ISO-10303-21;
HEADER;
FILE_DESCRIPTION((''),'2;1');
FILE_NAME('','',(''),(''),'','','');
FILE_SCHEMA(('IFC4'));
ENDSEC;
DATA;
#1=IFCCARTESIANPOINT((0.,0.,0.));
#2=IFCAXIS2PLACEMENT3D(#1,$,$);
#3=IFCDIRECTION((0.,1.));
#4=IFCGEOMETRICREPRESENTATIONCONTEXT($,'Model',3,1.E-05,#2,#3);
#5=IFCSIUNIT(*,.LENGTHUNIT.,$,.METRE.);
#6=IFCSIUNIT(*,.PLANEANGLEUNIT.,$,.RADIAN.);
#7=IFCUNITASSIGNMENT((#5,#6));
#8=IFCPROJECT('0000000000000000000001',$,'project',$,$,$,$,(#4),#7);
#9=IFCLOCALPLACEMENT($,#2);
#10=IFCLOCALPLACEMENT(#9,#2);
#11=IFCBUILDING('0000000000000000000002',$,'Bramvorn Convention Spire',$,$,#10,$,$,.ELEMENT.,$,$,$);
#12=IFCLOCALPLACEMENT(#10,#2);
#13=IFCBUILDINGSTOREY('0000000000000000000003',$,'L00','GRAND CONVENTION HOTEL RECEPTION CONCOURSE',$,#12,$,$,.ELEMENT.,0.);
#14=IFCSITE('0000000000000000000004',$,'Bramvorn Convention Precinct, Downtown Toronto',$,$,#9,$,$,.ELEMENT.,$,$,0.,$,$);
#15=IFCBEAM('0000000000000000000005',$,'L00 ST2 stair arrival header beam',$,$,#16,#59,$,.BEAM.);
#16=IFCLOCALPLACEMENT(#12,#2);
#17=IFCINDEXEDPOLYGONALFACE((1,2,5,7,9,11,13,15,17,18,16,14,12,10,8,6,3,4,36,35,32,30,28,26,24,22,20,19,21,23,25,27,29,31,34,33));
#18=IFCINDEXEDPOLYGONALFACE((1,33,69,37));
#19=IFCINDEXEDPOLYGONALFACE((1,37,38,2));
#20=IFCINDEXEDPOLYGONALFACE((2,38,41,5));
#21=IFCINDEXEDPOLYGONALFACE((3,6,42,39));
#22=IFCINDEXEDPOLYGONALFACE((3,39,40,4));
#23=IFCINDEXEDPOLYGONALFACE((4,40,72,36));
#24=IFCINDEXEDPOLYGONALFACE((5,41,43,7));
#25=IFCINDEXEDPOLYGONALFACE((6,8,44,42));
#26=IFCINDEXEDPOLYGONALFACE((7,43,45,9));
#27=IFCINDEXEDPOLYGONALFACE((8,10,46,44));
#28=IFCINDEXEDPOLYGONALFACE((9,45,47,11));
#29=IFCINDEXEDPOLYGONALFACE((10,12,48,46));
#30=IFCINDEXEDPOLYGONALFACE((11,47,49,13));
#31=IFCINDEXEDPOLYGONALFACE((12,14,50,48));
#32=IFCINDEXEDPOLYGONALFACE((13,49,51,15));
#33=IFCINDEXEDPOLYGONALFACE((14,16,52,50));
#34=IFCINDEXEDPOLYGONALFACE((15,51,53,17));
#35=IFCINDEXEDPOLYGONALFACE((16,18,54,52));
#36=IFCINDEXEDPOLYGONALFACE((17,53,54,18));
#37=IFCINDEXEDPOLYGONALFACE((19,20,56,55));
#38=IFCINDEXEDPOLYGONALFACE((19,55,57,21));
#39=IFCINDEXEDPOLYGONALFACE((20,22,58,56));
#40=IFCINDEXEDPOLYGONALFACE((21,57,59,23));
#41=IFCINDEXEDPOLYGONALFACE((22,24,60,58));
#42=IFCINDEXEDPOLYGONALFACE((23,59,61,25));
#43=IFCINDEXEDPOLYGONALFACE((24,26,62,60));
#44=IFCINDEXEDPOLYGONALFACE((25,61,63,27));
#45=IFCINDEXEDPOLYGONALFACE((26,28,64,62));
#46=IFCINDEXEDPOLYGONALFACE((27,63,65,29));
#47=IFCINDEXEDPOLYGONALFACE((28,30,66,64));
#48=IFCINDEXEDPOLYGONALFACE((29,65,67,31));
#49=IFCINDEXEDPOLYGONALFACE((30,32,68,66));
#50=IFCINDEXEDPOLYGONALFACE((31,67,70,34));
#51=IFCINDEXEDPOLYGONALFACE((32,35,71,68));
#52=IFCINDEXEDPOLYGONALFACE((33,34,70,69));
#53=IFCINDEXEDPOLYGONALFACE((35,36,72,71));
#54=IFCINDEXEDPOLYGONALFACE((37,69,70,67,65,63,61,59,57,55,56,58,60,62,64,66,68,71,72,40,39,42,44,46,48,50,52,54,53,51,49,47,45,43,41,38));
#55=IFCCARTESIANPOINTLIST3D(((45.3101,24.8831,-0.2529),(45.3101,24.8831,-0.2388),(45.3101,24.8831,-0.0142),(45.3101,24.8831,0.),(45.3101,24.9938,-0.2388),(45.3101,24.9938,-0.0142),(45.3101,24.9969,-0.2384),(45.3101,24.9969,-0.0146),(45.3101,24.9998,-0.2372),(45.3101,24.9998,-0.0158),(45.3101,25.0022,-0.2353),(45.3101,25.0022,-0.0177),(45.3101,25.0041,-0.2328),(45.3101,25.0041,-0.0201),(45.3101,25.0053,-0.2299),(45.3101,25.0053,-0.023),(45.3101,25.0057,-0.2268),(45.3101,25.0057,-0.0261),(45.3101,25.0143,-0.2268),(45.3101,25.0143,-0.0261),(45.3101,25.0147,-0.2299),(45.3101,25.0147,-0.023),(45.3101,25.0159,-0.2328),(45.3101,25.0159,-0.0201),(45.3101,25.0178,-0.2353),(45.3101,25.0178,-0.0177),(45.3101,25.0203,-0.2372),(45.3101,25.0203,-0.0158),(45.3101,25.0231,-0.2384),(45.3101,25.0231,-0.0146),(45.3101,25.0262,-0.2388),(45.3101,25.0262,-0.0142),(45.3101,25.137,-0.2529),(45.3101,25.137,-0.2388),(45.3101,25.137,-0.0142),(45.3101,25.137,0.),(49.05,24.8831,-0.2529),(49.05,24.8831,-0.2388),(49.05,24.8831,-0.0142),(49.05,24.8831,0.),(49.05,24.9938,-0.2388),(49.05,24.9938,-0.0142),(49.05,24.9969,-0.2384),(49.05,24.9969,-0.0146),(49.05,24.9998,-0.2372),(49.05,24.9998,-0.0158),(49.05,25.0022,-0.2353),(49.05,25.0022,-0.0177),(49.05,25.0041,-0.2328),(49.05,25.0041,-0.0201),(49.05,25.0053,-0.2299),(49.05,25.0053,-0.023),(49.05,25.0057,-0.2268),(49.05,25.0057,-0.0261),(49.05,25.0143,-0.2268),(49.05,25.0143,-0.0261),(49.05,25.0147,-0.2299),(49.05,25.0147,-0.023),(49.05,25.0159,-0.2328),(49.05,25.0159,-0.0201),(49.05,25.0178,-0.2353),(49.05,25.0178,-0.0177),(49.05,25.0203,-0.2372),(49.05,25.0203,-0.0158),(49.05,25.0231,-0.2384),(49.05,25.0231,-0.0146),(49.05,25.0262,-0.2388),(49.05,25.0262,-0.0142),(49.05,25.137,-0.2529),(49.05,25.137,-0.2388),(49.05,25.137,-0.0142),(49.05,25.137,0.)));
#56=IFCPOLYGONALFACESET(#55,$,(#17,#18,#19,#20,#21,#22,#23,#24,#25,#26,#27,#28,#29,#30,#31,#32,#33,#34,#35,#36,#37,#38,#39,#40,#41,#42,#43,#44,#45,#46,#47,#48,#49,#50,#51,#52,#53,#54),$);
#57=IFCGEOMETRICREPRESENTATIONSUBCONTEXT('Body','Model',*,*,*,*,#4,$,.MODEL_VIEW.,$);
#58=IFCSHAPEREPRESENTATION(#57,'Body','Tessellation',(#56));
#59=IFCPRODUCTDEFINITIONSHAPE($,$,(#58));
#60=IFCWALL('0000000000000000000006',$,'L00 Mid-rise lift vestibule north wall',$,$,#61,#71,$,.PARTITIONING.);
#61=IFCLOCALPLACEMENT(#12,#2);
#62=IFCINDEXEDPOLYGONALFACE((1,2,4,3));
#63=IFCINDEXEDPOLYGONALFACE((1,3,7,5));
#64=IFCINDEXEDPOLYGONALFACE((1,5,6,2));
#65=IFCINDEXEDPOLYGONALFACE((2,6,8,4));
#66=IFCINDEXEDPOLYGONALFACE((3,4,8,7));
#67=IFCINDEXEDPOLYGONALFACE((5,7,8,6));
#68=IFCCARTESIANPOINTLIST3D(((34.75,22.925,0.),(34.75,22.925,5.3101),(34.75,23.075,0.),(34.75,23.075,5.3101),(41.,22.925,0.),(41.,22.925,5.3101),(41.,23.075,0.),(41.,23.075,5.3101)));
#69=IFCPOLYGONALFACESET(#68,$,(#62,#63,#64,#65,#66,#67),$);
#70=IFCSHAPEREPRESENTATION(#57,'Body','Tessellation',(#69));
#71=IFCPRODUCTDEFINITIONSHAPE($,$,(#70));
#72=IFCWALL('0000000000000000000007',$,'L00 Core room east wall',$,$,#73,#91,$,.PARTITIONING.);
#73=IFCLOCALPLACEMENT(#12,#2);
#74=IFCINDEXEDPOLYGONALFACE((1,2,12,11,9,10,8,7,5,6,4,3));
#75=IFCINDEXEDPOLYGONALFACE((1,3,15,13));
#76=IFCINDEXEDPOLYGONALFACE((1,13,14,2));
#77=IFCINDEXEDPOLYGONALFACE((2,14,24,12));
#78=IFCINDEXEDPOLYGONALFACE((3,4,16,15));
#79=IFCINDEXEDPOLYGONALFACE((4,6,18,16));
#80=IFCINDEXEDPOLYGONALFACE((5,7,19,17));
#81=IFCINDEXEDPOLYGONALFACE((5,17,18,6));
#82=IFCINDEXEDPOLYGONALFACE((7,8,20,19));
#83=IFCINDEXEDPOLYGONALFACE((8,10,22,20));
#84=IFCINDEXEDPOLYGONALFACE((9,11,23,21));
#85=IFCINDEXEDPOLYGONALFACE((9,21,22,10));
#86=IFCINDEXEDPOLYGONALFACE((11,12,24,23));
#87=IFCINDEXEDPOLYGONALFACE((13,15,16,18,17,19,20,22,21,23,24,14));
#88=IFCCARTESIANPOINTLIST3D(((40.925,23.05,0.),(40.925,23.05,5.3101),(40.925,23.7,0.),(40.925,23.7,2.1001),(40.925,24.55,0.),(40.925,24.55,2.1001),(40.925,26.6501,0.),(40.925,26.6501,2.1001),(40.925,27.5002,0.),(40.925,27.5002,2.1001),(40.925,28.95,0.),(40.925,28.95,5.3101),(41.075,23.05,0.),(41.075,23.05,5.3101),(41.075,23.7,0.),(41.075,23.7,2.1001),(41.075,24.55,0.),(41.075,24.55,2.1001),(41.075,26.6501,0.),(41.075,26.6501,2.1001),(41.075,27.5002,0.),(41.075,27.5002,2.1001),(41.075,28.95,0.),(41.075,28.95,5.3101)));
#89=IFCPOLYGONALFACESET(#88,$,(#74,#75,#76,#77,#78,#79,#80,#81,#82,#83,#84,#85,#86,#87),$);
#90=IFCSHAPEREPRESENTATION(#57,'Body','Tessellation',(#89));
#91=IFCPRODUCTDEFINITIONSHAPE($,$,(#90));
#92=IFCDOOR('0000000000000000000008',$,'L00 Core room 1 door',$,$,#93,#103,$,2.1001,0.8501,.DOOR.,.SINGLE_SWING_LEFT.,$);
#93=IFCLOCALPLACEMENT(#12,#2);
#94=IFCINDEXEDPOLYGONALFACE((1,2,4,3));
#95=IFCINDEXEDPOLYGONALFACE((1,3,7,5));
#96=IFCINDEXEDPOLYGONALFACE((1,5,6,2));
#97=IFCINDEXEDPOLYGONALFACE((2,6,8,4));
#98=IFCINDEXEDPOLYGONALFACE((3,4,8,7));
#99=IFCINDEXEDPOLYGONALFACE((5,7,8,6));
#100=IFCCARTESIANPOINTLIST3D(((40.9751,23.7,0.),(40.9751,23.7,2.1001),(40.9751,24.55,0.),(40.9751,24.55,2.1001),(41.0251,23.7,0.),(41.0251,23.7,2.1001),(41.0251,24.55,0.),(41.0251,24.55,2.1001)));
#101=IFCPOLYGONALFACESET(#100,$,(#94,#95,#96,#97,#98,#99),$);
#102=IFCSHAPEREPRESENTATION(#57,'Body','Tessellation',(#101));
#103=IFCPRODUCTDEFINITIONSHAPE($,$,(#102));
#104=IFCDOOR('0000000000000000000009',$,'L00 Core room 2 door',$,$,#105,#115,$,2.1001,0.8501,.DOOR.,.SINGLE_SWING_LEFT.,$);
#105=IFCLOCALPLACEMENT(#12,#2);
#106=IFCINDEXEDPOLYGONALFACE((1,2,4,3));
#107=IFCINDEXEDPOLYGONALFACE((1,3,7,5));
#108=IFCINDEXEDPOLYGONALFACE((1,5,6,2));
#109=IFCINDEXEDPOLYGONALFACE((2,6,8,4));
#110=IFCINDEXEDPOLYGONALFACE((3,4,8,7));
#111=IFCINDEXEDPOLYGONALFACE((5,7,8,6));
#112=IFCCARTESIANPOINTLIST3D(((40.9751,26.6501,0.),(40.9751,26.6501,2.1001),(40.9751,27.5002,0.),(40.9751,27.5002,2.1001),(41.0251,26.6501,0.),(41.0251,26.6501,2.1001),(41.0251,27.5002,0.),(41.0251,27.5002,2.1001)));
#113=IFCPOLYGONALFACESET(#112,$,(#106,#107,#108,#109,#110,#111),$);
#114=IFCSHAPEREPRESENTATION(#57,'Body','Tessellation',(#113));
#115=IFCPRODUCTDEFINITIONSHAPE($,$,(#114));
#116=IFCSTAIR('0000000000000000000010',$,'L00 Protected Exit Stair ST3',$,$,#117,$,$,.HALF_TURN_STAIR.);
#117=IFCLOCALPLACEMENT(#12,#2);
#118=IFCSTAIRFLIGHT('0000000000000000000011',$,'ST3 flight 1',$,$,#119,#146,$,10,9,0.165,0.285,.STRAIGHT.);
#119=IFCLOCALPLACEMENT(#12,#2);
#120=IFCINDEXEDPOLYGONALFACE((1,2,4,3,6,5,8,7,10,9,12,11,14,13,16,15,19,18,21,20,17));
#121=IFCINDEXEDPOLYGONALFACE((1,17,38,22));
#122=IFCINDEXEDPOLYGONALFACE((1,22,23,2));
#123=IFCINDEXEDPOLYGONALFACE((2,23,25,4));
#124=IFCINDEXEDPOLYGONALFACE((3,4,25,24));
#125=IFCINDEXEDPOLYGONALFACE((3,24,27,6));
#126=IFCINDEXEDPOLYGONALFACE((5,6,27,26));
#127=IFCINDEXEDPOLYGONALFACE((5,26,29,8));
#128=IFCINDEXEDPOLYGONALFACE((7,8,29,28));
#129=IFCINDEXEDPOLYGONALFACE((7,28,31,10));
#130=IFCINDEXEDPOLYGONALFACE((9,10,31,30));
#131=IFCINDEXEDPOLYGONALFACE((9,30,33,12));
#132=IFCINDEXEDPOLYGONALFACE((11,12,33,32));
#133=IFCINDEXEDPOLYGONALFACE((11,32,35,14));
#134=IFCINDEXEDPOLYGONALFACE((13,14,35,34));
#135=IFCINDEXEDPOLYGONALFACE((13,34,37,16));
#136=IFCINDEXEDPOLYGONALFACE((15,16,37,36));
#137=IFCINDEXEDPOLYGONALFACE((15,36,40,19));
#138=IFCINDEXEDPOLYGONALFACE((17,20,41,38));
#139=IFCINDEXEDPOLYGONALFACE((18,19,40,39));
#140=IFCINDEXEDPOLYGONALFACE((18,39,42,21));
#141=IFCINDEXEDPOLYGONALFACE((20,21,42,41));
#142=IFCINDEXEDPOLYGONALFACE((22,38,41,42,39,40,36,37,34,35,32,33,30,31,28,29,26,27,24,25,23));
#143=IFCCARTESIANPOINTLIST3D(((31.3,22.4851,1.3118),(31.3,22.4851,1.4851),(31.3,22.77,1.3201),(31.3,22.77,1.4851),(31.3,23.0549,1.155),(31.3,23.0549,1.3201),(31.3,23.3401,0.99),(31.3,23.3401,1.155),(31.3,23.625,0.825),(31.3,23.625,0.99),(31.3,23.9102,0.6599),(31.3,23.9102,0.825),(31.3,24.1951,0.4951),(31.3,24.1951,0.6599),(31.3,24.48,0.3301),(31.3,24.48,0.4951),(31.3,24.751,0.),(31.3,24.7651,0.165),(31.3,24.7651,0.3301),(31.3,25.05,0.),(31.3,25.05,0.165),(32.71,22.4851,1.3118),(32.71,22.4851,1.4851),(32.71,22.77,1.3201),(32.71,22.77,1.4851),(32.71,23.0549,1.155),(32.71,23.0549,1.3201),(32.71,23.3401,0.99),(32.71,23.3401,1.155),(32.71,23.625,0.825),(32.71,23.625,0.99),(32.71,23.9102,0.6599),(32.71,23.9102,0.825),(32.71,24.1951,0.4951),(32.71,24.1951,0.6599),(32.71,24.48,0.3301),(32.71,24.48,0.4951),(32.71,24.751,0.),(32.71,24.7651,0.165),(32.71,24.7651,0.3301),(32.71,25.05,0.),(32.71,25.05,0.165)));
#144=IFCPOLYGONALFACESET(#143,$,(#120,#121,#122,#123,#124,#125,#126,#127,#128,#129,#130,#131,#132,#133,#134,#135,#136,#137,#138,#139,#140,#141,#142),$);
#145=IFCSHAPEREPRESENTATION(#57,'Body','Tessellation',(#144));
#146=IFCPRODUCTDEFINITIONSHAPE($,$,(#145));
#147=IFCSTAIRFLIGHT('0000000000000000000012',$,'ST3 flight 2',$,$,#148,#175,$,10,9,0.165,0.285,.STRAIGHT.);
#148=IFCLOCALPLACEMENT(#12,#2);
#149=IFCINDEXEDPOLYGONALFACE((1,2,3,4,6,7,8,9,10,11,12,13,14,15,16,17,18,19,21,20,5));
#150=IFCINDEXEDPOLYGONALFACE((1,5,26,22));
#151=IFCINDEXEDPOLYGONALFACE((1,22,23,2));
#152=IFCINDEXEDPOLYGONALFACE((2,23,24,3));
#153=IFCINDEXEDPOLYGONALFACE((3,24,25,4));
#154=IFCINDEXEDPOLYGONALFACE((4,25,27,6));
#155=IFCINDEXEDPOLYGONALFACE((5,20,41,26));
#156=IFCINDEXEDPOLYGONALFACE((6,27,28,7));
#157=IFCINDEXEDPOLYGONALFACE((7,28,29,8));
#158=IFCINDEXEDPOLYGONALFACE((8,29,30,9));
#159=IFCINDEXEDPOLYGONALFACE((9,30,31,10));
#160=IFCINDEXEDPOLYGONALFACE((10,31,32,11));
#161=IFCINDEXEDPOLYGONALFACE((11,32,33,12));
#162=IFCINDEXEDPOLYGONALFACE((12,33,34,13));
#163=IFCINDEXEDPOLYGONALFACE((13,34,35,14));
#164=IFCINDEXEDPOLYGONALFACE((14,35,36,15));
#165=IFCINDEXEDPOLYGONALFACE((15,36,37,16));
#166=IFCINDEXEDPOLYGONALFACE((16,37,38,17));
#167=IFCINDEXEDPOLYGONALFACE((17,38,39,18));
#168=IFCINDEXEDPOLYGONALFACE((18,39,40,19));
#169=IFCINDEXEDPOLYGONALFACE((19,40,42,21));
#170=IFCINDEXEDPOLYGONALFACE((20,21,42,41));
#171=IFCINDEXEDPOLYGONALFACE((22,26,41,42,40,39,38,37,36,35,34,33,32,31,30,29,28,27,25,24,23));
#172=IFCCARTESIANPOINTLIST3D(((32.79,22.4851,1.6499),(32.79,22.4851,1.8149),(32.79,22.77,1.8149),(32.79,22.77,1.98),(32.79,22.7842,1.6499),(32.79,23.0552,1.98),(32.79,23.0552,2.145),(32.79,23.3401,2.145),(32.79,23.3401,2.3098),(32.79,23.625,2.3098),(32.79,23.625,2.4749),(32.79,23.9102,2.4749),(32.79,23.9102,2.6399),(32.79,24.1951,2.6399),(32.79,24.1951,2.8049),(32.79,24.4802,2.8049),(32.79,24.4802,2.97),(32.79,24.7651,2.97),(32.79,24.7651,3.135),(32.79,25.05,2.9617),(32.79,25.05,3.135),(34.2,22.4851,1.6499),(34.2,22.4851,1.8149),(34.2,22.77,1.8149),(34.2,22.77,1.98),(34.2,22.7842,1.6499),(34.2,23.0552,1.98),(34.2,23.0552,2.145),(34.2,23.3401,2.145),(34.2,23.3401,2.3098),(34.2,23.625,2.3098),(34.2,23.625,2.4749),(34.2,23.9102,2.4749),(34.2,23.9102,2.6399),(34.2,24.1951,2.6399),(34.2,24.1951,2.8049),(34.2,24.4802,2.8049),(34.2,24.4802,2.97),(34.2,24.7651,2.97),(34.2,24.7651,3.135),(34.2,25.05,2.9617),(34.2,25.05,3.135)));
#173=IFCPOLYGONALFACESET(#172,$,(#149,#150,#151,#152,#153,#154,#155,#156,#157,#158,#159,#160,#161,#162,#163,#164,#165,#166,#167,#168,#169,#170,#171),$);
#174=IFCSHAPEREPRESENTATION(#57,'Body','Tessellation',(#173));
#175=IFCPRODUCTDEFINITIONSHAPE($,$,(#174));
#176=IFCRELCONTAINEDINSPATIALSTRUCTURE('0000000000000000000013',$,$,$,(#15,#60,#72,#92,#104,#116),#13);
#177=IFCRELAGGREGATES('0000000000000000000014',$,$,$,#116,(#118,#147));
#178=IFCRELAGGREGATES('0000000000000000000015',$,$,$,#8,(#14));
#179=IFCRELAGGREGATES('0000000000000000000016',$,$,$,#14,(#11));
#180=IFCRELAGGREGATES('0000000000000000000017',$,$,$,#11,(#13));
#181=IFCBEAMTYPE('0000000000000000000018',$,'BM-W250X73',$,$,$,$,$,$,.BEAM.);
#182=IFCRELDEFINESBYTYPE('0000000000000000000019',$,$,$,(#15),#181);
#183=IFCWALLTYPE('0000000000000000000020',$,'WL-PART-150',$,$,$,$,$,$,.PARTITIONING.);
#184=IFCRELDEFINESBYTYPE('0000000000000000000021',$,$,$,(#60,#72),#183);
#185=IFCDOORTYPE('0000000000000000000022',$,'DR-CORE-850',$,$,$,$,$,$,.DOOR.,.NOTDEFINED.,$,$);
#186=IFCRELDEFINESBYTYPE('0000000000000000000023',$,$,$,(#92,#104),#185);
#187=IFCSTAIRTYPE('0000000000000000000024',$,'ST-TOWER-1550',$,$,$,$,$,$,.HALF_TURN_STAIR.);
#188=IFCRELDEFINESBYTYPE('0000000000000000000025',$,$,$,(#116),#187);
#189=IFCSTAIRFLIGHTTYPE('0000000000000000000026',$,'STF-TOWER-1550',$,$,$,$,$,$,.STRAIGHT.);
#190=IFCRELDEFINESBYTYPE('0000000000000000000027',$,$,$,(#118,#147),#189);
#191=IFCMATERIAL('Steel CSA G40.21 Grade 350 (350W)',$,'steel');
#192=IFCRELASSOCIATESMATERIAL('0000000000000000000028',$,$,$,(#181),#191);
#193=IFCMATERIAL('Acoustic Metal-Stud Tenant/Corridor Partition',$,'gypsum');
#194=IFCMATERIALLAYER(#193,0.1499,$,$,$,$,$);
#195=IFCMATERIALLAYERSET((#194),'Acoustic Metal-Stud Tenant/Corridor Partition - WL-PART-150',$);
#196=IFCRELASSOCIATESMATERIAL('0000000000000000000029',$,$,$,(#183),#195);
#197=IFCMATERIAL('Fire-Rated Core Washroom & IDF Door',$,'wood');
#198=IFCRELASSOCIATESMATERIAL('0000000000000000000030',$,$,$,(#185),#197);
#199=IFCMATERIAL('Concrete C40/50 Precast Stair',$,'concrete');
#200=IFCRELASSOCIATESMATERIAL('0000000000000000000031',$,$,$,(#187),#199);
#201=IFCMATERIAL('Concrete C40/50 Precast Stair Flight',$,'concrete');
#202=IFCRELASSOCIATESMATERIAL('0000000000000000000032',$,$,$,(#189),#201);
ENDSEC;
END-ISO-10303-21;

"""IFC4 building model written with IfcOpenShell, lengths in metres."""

from ifc_helpers import new_model, si_unit, direction, frame, frame_2d, origin, origin_2d, place, context, subcontext, project, spatial, polyline, rectangle, i_section, outline, extrude, material, layer, layer_set, material_profile, profile_set, type_object, element, fill, aggregate, save


model = new_model("IFC4")

# Units and contexts
model_context = context("Model", 3, precision=1e-05, world=origin(), true_north=direction((0.0, 1.0)))
body_context = subcontext(model_context, "Body", "Model", "MODEL_VIEW")
ifc_project = project(units=[si_unit("LENGTHUNIT", "METRE"), si_unit("PLANEANGLEUNIT", "RADIAN")], contexts=[model_context])

# Site, building, storey
site_placement = place(None, origin())
site = spatial("IfcSite", under=ifc_project, at=site_placement, Name="Bramvorn Convention Precinct, Downtown Toronto", CompositionType="ELEMENT", RefElevation=0.0)
building_placement = place(site_placement, origin())
building = spatial("IfcBuilding", under=site, at=building_placement, Name="Bramvorn Convention Spire", CompositionType="ELEMENT")
storey_placement = place(building_placement, origin())
storey = spatial("IfcBuildingStorey", under=building, at=storey_placement, Name="L00", Description="GRAND CONVENTION HOTEL RECEPTION CONCOURSE", CompositionType="ELEMENT", Elevation=0.0)

# Beam
ifc_material_1 = material(Name="Steel CSA G40.21 Grade 350 (350W)", Category="steel")
ifc_material_profile = material_profile(ifc_material_1, i_section(OverallWidth=0.2539, OverallDepth=0.2529, WebThickness=0.0085, FlangeThickness=0.0142, FilletRadius=0.012, at=origin_2d()))
ifc_profile_set = profile_set([ifc_material_profile], Name="Steel CSA G40.21 Grade 350 (350W) - W250X73")
beam_type = type_object("IfcBeamType", Name="BM-W250X73", PredefinedType="BEAM", material=ifc_profile_set)
beam_placement = place(storey_placement, frame((45.3101, 25.01, -0.1265), z_axis=(1.0, 0.0, 0.0), x_axis=(0.0, 1.0, 0.0)))
element("IfcBeam", 1, at=beam_placement, inside=storey, type_object=beam_type, Name="L00 ST2 stair arrival header beam", PredefinedType="BEAM", context=body_context, shape_type="SweptSolid", body=[
    extrude(i_section(OverallWidth=0.2539, OverallDepth=0.2529, WebThickness=0.0085, FlangeThickness=0.0142, FilletRadius=0.012, at=origin_2d()), origin(), (0.0, 0.0, 1.0), 3.74),
])

# Wall
ifc_material_2 = material(Name="Acoustic Metal-Stud Tenant/Corridor Partition", Category="gypsum")
ifc_layer = layer(ifc_material_2, 0.1499)
ifc_layer_set = layer_set([ifc_layer], Name="Acoustic Metal-Stud Tenant/Corridor Partition - WL-PART-150")
wall_type = type_object("IfcWallType", Name="WL-PART-150", PredefinedType="PARTITIONING", material=ifc_layer_set)
wall_1_placement = place(storey_placement, frame((34.75, 23.0, 0.0), z_axis=(0.0, 0.0, 1.0), x_axis=(1.0, 0.0, 0.0)))
element("IfcWall", 2, at=wall_1_placement, inside=storey, type_object=wall_type, Name="L00 Mid-rise lift vestibule north wall", PredefinedType="PARTITIONING", context=body_context, shape_type="SweptSolid", body=[
    extrude(rectangle(XDim=6.25, YDim=0.1499, at=frame_2d((3.125, 0.0))), origin(), (0.0, 0.0, 1.0), 5.3101),
])

# Wall, openings, doors
wall_2_placement = place(storey_placement, frame((41.0, 23.05, 0.0), z_axis=(0.0, 0.0, 1.0), x_axis=(0.0, 1.0, 0.0)))
wall_2 = element("IfcWall", 3, at=wall_2_placement, inside=storey, type_object=wall_type, Name="L00 Core room east wall", PredefinedType="PARTITIONING", context=body_context, shape_type="SweptSolid", body=[
    extrude(rectangle(XDim=5.8999, YDim=0.1499, at=frame_2d((2.95, 0.0))), origin(), (0.0, 0.0, 1.0), 5.3101),
])
opening_1_placement = place(wall_2_placement, frame((0.6499, 0.0, 0.0)))
opening_1 = element("IfcOpeningElement", 4, at=opening_1_placement, cuts=wall_2, PredefinedType="OPENING", context=body_context, shape_type="SweptSolid", body=[
    extrude(rectangle(XDim=0.8501, YDim=2.1001, at=frame_2d((0.425, 1.05))), frame((0.0, 0.085, 0.0), z_axis=(0.0, -1.0, 0.0), x_axis=(1.0, 0.0, 0.0)), (0.0, 0.0, 1.0), 0.1699),
])
opening_2_placement = place(wall_2_placement, frame((3.6001, 0.0, 0.0)))
opening_2 = element("IfcOpeningElement", 5, at=opening_2_placement, cuts=wall_2, PredefinedType="OPENING", context=body_context, shape_type="SweptSolid", body=[
    extrude(rectangle(XDim=0.8501, YDim=2.1001, at=frame_2d((0.425, 1.05))), frame((0.0, 0.085, 0.0), z_axis=(0.0, -1.0, 0.0), x_axis=(1.0, 0.0, 0.0)), (0.0, 0.0, 1.0), 0.1699),
])
ifc_material_3 = material(Name="Fire-Rated Core Washroom & IDF Door", Category="wood")
door_type = type_object("IfcDoorType", Name="DR-CORE-850", OperationType="NOTDEFINED", PredefinedType="DOOR", material=ifc_material_3)
door_1_placement = place(opening_1_placement, origin())
door_1 = element("IfcDoor", 6, at=door_1_placement, inside=storey, type_object=door_type, Name="L00 Core room 1 door", OperationType="SINGLE_SWING_LEFT", OverallHeight=2.1001, OverallWidth=0.8501, PredefinedType="DOOR", context=body_context, shape_type="SweptSolid", body=[
    extrude(rectangle(XDim=0.8501, YDim=2.1001, at=frame_2d((0.425, 1.05))), frame((0.0, 0.0249, 0.0), z_axis=(0.0, -1.0, 0.0), x_axis=(1.0, 0.0, 0.0)), (0.0, 0.0, 1.0), 0.05),
])
fill(opening_1, door_1)
door_2_placement = place(opening_2_placement, origin())
door_2 = element("IfcDoor", 7, at=door_2_placement, inside=storey, type_object=door_type, Name="L00 Core room 2 door", OperationType="SINGLE_SWING_LEFT", OverallHeight=2.1001, OverallWidth=0.8501, PredefinedType="DOOR", context=body_context, shape_type="SweptSolid", body=[
    extrude(rectangle(XDim=0.8501, YDim=2.1001, at=frame_2d((0.425, 1.05))), frame((0.0, 0.0249, 0.0), z_axis=(0.0, -1.0, 0.0), x_axis=(1.0, 0.0, 0.0)), (0.0, 0.0, 1.0), 0.05),
])
fill(opening_2, door_2)

# Stair, stair flights
ifc_material_4 = material(Name="Concrete C40/50 Precast Stair", Category="concrete")
stair_type = type_object("IfcStairType", Name="ST-TOWER-1550", PredefinedType="HALF_TURN_STAIR", material=ifc_material_4)
stair_placement = place(storey_placement, origin())
stair = element("IfcStair", 8, at=stair_placement, inside=storey, type_object=stair_type, Name="L00 Protected Exit Stair ST3", PredefinedType="HALF_TURN_STAIR")
ifc_material_5 = material(Name="Concrete C40/50 Precast Stair Flight", Category="concrete")
stair_flight_type = type_object("IfcStairFlightType", Name="STF-TOWER-1550", PredefinedType="STRAIGHT", material=ifc_material_5)
stair_flight_1_placement = place(storey_placement, frame((32.0049, 25.05, 0.0), z_axis=(0.0, 0.0, 1.0), x_axis=(0.0, -1.0, 0.0)))
stair_flight_1 = element("IfcStairFlight", 9, at=stair_flight_1_placement, type_object=stair_flight_type, Name="ST3 flight 1", NumberOfRisers=10, NumberOfTreads=9, PredefinedType="STRAIGHT", RiserHeight=0.165, TreadLength=0.285, context=body_context, shape_type="SweptSolid", body=[
    extrude(outline(polyline([(0.0, 0.0), (0.0, 0.165), (0.2849, 0.165), (0.2849, 0.3301), (0.5701, 0.3301), (0.5701, 0.4951), (0.855, 0.4951), (0.855, 0.6599), (1.1399, 0.6599), (1.1399, 0.825), (1.425, 0.825), (1.425, 0.99), (1.71, 0.99), (1.71, 1.155), (1.9951, 1.155), (1.9951, 1.3201), (2.28, 1.3201), (2.28, 1.4851), (2.5649, 1.4851), (2.5649, 1.6499), (2.5649, 1.3118), (0.2991, 0.0), (0.0, 0.0)])), frame((0.0, 0.7051, 0.0), z_axis=(0.0, -1.0, 0.0), x_axis=(1.0, 0.0, 0.0)), (0.0, 0.0, 1.0), 1.4099),
])
stair_flight_2_placement = place(storey_placement, frame((33.4951, 22.4851, 1.6499), z_axis=(0.0, 0.0, 1.0), x_axis=(0.0, 1.0, 0.0)))
stair_flight_2 = element("IfcStairFlight", 10, at=stair_flight_2_placement, type_object=stair_flight_type, Name="ST3 flight 2", NumberOfRisers=10, NumberOfTreads=9, PredefinedType="STRAIGHT", RiserHeight=0.165, TreadLength=0.285, context=body_context, shape_type="SweptSolid", body=[
    extrude(outline(polyline([(0.0, 0.0), (0.0, 0.165), (0.2849, 0.165), (0.2849, 0.3301), (0.5701, 0.3301), (0.5701, 0.4951), (0.855, 0.4951), (0.855, 0.6599), (1.1399, 0.6599), (1.1399, 0.825), (1.425, 0.825), (1.425, 0.99), (1.71, 0.99), (1.71, 1.155), (1.9951, 1.155), (1.9951, 1.3201), (2.28, 1.3201), (2.28, 1.4851), (2.5649, 1.4851), (2.5649, 1.6499), (2.5649, 1.3118), (0.2991, 0.0), (0.0, 0.0)])), frame((0.0, 0.7051, 0.0), z_axis=(0.0, -1.0, 0.0), x_axis=(1.0, 0.0, 0.0)), (0.0, 0.0, 1.0), 1.4099),
])
aggregate(stair, [stair_flight_1, stair_flight_2])

save(model, "model.ifc")
